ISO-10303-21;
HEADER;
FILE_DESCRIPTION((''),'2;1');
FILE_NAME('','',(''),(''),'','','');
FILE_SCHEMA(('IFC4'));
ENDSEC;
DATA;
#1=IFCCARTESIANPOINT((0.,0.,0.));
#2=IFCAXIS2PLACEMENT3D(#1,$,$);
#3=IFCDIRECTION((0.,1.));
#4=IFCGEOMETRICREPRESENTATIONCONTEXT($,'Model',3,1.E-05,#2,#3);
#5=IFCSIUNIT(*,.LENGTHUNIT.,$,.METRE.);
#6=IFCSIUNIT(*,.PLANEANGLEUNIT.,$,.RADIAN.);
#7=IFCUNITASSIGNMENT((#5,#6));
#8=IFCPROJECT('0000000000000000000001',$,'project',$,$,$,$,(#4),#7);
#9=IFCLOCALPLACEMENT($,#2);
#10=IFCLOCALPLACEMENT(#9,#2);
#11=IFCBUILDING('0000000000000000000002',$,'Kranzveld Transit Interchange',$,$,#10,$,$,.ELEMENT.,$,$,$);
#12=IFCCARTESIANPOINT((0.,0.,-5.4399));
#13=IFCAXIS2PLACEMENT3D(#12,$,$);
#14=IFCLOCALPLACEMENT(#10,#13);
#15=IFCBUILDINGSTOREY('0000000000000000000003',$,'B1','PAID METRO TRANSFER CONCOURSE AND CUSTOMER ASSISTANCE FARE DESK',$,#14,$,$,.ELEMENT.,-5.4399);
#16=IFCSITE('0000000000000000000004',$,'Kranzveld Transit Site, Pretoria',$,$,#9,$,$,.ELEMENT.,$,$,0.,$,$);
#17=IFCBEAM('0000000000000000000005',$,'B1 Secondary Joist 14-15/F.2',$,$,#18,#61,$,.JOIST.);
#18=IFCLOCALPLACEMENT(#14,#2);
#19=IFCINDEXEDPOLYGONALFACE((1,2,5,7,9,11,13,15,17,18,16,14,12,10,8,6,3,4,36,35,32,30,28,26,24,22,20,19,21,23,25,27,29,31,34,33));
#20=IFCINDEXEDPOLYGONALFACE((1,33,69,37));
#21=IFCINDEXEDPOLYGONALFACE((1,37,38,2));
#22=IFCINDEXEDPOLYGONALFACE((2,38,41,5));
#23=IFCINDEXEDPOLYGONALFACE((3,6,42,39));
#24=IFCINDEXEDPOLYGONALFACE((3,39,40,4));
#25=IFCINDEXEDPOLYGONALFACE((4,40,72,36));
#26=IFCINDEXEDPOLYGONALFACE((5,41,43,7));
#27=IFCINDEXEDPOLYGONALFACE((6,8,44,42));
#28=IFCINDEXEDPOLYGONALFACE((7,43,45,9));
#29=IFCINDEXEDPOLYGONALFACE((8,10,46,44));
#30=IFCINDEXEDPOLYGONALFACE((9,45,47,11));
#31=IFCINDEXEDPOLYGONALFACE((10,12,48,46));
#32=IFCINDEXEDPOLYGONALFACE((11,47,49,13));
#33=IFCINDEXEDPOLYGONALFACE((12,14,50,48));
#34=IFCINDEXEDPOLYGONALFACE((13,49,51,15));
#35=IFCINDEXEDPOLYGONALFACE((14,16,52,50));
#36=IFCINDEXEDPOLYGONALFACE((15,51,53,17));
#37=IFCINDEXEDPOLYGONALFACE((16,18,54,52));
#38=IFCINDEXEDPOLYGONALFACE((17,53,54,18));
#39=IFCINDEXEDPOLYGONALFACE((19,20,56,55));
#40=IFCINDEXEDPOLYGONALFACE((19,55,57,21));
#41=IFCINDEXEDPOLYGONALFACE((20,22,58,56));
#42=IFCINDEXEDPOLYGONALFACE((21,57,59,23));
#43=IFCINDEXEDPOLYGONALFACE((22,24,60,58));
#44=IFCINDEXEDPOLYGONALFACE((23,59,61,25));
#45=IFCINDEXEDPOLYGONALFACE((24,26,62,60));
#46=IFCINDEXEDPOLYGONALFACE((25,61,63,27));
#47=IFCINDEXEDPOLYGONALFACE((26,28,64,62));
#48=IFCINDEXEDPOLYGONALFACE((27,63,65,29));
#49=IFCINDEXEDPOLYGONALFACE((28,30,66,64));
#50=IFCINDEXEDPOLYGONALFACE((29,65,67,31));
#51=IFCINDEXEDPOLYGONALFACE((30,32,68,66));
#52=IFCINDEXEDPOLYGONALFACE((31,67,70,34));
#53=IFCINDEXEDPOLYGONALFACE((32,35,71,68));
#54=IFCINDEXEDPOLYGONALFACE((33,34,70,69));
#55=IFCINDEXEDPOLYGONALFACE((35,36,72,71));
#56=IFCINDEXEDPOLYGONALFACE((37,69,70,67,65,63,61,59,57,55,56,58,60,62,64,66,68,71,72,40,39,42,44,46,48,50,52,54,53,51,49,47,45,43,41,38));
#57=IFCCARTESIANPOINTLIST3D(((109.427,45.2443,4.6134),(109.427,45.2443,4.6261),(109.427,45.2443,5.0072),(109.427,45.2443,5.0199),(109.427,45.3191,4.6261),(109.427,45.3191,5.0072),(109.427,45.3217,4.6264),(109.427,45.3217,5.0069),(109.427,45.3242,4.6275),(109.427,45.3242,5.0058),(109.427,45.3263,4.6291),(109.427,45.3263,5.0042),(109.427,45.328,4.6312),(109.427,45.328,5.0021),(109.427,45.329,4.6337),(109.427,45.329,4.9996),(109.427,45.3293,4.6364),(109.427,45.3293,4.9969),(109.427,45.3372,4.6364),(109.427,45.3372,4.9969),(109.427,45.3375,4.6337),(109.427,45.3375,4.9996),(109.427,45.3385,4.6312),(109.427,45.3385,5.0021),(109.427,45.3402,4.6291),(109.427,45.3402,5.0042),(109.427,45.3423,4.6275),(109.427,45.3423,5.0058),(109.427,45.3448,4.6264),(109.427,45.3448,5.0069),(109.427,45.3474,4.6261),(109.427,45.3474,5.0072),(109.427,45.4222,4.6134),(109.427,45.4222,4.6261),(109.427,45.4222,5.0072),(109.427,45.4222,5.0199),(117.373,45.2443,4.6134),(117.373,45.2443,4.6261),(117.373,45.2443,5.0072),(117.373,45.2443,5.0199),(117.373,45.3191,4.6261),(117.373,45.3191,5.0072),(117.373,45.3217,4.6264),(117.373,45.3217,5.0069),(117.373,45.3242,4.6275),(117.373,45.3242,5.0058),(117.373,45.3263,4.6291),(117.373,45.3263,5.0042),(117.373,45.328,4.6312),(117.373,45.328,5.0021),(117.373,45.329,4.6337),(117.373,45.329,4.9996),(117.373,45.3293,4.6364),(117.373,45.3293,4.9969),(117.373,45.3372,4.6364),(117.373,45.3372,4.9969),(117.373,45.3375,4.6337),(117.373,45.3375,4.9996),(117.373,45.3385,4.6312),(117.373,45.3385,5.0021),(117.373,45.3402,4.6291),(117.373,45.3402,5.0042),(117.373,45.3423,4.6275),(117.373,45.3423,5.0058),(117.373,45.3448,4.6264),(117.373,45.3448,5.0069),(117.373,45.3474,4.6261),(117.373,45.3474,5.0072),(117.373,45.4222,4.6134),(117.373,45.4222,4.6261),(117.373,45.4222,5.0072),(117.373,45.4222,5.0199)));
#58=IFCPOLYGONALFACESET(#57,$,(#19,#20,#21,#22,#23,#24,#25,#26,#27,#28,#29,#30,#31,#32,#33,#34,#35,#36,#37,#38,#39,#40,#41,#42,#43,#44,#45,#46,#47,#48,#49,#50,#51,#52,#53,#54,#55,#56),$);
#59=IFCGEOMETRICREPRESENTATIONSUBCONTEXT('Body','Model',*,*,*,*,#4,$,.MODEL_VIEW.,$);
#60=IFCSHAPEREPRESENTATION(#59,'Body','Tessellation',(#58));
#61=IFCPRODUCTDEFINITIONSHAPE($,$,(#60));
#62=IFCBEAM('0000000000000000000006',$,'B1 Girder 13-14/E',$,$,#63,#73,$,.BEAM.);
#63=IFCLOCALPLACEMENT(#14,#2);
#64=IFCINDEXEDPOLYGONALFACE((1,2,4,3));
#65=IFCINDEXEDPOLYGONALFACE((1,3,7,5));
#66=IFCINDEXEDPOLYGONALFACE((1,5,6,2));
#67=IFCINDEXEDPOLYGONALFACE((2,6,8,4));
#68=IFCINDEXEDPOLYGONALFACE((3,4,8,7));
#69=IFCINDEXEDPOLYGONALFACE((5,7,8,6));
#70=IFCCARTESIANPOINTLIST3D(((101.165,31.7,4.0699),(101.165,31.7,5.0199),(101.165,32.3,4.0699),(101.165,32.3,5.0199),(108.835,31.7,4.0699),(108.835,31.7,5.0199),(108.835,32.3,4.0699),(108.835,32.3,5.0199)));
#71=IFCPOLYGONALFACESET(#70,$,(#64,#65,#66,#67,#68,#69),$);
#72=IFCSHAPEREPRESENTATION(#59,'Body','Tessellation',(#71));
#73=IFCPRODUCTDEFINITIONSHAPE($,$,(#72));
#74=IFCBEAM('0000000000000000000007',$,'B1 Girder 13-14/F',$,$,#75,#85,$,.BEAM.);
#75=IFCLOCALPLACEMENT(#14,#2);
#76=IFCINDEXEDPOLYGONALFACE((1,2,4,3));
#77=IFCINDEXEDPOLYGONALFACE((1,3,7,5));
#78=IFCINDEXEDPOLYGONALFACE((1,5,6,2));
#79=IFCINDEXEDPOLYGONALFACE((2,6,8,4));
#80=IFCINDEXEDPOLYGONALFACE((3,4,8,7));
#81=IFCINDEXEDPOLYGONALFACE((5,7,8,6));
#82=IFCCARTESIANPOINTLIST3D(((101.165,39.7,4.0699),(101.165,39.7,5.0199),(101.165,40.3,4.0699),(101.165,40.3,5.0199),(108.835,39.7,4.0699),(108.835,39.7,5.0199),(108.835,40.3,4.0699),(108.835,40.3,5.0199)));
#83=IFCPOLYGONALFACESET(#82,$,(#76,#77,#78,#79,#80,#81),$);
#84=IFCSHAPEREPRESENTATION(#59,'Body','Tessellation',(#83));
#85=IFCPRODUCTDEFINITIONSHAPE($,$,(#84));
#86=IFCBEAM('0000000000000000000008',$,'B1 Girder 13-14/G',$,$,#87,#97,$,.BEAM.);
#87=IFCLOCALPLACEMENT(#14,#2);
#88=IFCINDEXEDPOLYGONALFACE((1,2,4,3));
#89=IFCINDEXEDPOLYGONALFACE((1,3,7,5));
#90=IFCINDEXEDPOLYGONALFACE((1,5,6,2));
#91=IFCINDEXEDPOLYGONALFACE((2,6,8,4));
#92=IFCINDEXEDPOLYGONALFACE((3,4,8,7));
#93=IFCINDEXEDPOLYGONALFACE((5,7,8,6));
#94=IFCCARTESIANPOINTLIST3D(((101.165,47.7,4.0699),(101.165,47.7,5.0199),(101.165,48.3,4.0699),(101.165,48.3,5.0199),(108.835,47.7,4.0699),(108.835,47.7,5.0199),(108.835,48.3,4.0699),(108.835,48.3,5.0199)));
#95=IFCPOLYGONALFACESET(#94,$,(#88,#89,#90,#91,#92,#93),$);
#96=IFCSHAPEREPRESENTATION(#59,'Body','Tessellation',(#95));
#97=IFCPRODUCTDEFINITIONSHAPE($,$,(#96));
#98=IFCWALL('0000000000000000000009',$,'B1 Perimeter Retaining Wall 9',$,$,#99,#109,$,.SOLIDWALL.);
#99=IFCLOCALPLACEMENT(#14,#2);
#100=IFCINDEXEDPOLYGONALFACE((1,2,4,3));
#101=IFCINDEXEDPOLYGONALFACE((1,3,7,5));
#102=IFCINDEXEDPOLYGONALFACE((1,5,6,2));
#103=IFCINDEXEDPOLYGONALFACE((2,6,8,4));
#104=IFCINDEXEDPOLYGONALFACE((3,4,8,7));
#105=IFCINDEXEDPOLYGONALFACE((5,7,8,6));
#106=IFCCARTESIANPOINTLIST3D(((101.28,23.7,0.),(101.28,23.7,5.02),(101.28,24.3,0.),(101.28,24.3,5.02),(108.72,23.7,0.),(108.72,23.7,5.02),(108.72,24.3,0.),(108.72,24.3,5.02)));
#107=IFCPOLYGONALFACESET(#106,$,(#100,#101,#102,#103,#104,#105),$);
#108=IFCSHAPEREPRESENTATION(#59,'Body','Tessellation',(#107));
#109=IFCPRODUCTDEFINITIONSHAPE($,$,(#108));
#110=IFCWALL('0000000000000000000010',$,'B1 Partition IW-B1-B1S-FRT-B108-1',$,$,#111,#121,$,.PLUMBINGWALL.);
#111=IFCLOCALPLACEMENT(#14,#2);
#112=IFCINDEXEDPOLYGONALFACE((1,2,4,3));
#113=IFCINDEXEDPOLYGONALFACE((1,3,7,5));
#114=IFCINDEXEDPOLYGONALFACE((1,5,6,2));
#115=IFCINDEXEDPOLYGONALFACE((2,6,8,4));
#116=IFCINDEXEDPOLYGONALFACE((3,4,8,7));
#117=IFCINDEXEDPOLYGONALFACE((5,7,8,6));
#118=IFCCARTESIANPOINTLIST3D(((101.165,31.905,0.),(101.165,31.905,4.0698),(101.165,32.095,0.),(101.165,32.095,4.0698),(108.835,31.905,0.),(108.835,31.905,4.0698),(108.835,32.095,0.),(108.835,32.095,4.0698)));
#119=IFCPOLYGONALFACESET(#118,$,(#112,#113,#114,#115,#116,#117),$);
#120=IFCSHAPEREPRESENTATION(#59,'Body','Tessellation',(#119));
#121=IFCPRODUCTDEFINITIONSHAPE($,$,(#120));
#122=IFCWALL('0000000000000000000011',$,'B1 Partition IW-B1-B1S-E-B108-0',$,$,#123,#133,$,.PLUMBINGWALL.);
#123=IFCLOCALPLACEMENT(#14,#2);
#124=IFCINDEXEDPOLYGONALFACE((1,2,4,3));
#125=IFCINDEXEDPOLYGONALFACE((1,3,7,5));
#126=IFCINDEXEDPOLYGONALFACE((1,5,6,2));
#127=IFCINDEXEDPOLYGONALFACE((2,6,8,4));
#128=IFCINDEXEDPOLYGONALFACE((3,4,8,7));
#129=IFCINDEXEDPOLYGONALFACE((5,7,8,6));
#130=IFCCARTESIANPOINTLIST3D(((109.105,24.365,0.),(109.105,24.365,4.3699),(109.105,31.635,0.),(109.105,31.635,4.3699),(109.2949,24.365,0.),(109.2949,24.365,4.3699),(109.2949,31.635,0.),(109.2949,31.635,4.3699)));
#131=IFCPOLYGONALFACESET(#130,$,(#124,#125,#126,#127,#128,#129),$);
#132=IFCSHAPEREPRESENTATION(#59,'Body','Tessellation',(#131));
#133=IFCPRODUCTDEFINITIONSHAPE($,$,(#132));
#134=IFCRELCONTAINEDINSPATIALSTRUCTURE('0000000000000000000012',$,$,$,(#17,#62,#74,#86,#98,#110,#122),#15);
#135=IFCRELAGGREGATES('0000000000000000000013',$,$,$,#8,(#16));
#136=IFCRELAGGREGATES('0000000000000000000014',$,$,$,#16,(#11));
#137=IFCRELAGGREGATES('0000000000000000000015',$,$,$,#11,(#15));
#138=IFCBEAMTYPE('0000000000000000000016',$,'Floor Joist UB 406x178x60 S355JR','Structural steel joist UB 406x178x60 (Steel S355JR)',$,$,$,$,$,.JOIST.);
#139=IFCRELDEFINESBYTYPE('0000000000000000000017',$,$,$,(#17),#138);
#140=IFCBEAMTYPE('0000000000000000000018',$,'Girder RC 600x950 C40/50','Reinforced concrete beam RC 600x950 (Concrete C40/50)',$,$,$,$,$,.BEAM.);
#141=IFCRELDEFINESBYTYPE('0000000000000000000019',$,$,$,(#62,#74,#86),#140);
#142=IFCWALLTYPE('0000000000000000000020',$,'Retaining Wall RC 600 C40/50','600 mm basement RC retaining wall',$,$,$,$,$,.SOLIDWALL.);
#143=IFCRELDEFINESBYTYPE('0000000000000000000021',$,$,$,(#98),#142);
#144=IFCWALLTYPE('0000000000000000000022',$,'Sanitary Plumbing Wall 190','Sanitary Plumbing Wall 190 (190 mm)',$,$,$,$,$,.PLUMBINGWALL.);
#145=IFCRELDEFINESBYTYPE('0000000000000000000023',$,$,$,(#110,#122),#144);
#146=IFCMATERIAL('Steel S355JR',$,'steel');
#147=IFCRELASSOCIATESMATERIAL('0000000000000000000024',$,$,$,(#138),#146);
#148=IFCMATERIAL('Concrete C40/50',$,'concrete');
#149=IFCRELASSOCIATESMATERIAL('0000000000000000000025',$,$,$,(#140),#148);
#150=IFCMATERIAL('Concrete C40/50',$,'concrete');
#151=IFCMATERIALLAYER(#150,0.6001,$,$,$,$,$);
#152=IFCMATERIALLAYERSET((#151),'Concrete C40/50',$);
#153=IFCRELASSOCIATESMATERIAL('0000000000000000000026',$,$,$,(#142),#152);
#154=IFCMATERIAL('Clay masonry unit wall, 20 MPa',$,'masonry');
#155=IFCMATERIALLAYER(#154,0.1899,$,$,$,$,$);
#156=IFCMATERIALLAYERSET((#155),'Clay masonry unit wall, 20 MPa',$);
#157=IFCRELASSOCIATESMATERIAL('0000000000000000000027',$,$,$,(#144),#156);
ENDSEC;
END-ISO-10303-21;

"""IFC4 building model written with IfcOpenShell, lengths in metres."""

from ifc_helpers import new_model, si_unit, direction, frame, frame_2d, origin, origin_2d, place, context, subcontext, project, spatial, rectangle, i_section, extrude, material, layer, layer_set, material_profile, profile_set, type_object, element, save


model = new_model("IFC4")

# Units and contexts
model_context = context("Model", 3, precision=1e-05, world=origin(), true_north=direction((0.0, 1.0)))
body_context = subcontext(model_context, "Body", "Model", "MODEL_VIEW")
ifc_project = project(units=[si_unit("LENGTHUNIT", "METRE"), si_unit("PLANEANGLEUNIT", "RADIAN")], contexts=[model_context])

# Site, building, storey
site_placement = place(None, origin())
site = spatial("IfcSite", under=ifc_project, at=site_placement, Name="Kranzveld Transit Site, Pretoria", CompositionType="ELEMENT", RefElevation=0.0)
building_placement = place(site_placement, origin())
building = spatial("IfcBuilding", under=site, at=building_placement, Name="Kranzveld Transit Interchange", CompositionType="ELEMENT")
storey_placement = place(building_placement, frame((0.0, 0.0, -5.4399)))
storey = spatial("IfcBuildingStorey", under=building, at=storey_placement, Name="B1", Description="PAID METRO TRANSFER CONCOURSE AND CUSTOMER ASSISTANCE FARE DESK", CompositionType="ELEMENT", Elevation=-5.4399)

# Beams
ifc_material_1 = material(Name="Steel S355JR", Category="steel")
ifc_material_profile_1 = material_profile(ifc_material_1, i_section(OverallWidth=0.178, OverallDepth=0.4065, WebThickness=0.0078, FlangeThickness=0.0127, FilletRadius=0.0103, at=origin_2d()), Name="UB 406x178x60")
ifc_profile_set_1 = profile_set([ifc_material_profile_1], Name="Steel S355JR")
beam_type_1 = type_object("IfcBeamType", Name="Floor Joist UB 406x178x60 S355JR", Description="Structural steel joist UB 406x178x60 (Steel S355JR)", PredefinedType="JOIST", material=ifc_profile_set_1)
for number, where, z_axis, x_axis, name in (
    (1, (109.427, 45.3333, 4.8167), (1.0, 0.0, 0.0), (0.0, 1.0, 0.0), "B1 Secondary Joist 14-15/F.2"),
):
    element("IfcBeam", number, at=place(storey_placement, frame(where, z_axis=z_axis, x_axis=x_axis)), inside=storey, type_object=beam_type_1, Name=name, PredefinedType="JOIST", context=body_context, shape_type="SweptSolid", body=[
        extrude(i_section(OverallWidth=0.178, OverallDepth=0.4065, WebThickness=0.0078, FlangeThickness=0.0127, FilletRadius=0.0103, at=origin_2d()), origin(), (0.0, 0.0, 1.0), 7.946),
    ])
ifc_material_2 = material(Name="Concrete C40/50", Category="concrete")
ifc_material_profile_2 = material_profile(ifc_material_2, rectangle(XDim=0.6001, YDim=0.95, at=origin_2d()), Name="RC 600x950")
ifc_profile_set_2 = profile_set([ifc_material_profile_2], Name="Concrete C40/50")
beam_type_2 = type_object("IfcBeamType", Name="Girder RC 600x950 C40/50", Description="Reinforced concrete beam RC 600x950 (Concrete C40/50)", PredefinedType="BEAM", material=ifc_profile_set_2)
for number, where, z_axis, x_axis, name in (
    (2, (101.165, 32.0, 4.5449), (1.0, 0.0, 0.0), (0.0, 1.0, 0.0), "B1 Girder 13-14/E"),
    (3, (101.165, 40.0, 4.5449), (1.0, 0.0, 0.0), (0.0, 1.0, 0.0), "B1 Girder 13-14/F"),
    (4, (101.165, 48.0, 4.5449), (1.0, 0.0, 0.0), (0.0, 1.0, 0.0), "B1 Girder 13-14/G"),
):
    element("IfcBeam", number, at=place(storey_placement, frame(where, z_axis=z_axis, x_axis=x_axis)), inside=storey, type_object=beam_type_2, Name=name, PredefinedType="BEAM", context=body_context, shape_type="SweptSolid", body=[
        extrude(rectangle(XDim=0.6001, YDim=0.95, at=origin_2d()), origin(), (0.0, 0.0, 1.0), 7.6699),
    ])

# Walls
ifc_material_3 = material(Name="Concrete C40/50", Category="concrete")
ifc_layer_1 = layer(ifc_material_3, 0.6001)
ifc_layer_set_1 = layer_set([ifc_layer_1], Name="Concrete C40/50")
wall_type_1 = type_object("IfcWallType", Name="Retaining Wall RC 600 C40/50", Description="600 mm basement RC retaining wall", PredefinedType="SOLIDWALL", material=ifc_layer_set_1)
wall_1_placement = place(storey_placement, frame((101.28, 24.0, 0.0), z_axis=(0.0, 0.0, 1.0), x_axis=(1.0, 0.0, 0.0)))
element("IfcWall", 5, at=wall_1_placement, inside=storey, type_object=wall_type_1, Name="B1 Perimeter Retaining Wall 9", PredefinedType="SOLIDWALL", context=body_context, shape_type="SweptSolid", body=[
    extrude(rectangle(XDim=7.4399, YDim=0.6001, at=frame_2d((3.72, 0.0))), origin(), (0.0, 0.0, 1.0), 5.02),
])
ifc_material_4 = material(Name="Clay masonry unit wall, 20 MPa", Category="masonry")
ifc_layer_2 = layer(ifc_material_4, 0.1899)
ifc_layer_set_2 = layer_set([ifc_layer_2], Name="Clay masonry unit wall, 20 MPa")
wall_type_2 = type_object("IfcWallType", Name="Sanitary Plumbing Wall 190", Description="Sanitary Plumbing Wall 190 (190 mm)", PredefinedType="PLUMBINGWALL", material=ifc_layer_set_2)
wall_2_placement = place(storey_placement, frame((101.165, 32.0, 0.0), z_axis=(0.0, 0.0, 1.0), x_axis=(1.0, 0.0, 0.0)))
element("IfcWall", 6, at=wall_2_placement, inside=storey, type_object=wall_type_2, Name="B1 Partition IW-B1-B1S-FRT-B108-1", PredefinedType="PLUMBINGWALL", context=body_context, shape_type="SweptSolid", body=[
    extrude(rectangle(XDim=7.6699, YDim=0.1899, at=frame_2d((3.835, 0.0))), origin(), (0.0, 0.0, 1.0), 4.0698),
])
wall_3_placement = place(storey_placement, frame((109.2, 24.365, 0.0), z_axis=(0.0, 0.0, 1.0), x_axis=(0.0, 1.0, 0.0)))
element("IfcWall", 7, at=wall_3_placement, inside=storey, type_object=wall_type_2, Name="B1 Partition IW-B1-B1S-E-B108-0", PredefinedType="PLUMBINGWALL", context=body_context, shape_type="SweptSolid", body=[
    extrude(rectangle(XDim=7.27, YDim=0.1899, at=frame_2d((3.635, 0.0))), origin(), (0.0, 0.0, 1.0), 4.3699),
])

save(model, "model.ifc")
